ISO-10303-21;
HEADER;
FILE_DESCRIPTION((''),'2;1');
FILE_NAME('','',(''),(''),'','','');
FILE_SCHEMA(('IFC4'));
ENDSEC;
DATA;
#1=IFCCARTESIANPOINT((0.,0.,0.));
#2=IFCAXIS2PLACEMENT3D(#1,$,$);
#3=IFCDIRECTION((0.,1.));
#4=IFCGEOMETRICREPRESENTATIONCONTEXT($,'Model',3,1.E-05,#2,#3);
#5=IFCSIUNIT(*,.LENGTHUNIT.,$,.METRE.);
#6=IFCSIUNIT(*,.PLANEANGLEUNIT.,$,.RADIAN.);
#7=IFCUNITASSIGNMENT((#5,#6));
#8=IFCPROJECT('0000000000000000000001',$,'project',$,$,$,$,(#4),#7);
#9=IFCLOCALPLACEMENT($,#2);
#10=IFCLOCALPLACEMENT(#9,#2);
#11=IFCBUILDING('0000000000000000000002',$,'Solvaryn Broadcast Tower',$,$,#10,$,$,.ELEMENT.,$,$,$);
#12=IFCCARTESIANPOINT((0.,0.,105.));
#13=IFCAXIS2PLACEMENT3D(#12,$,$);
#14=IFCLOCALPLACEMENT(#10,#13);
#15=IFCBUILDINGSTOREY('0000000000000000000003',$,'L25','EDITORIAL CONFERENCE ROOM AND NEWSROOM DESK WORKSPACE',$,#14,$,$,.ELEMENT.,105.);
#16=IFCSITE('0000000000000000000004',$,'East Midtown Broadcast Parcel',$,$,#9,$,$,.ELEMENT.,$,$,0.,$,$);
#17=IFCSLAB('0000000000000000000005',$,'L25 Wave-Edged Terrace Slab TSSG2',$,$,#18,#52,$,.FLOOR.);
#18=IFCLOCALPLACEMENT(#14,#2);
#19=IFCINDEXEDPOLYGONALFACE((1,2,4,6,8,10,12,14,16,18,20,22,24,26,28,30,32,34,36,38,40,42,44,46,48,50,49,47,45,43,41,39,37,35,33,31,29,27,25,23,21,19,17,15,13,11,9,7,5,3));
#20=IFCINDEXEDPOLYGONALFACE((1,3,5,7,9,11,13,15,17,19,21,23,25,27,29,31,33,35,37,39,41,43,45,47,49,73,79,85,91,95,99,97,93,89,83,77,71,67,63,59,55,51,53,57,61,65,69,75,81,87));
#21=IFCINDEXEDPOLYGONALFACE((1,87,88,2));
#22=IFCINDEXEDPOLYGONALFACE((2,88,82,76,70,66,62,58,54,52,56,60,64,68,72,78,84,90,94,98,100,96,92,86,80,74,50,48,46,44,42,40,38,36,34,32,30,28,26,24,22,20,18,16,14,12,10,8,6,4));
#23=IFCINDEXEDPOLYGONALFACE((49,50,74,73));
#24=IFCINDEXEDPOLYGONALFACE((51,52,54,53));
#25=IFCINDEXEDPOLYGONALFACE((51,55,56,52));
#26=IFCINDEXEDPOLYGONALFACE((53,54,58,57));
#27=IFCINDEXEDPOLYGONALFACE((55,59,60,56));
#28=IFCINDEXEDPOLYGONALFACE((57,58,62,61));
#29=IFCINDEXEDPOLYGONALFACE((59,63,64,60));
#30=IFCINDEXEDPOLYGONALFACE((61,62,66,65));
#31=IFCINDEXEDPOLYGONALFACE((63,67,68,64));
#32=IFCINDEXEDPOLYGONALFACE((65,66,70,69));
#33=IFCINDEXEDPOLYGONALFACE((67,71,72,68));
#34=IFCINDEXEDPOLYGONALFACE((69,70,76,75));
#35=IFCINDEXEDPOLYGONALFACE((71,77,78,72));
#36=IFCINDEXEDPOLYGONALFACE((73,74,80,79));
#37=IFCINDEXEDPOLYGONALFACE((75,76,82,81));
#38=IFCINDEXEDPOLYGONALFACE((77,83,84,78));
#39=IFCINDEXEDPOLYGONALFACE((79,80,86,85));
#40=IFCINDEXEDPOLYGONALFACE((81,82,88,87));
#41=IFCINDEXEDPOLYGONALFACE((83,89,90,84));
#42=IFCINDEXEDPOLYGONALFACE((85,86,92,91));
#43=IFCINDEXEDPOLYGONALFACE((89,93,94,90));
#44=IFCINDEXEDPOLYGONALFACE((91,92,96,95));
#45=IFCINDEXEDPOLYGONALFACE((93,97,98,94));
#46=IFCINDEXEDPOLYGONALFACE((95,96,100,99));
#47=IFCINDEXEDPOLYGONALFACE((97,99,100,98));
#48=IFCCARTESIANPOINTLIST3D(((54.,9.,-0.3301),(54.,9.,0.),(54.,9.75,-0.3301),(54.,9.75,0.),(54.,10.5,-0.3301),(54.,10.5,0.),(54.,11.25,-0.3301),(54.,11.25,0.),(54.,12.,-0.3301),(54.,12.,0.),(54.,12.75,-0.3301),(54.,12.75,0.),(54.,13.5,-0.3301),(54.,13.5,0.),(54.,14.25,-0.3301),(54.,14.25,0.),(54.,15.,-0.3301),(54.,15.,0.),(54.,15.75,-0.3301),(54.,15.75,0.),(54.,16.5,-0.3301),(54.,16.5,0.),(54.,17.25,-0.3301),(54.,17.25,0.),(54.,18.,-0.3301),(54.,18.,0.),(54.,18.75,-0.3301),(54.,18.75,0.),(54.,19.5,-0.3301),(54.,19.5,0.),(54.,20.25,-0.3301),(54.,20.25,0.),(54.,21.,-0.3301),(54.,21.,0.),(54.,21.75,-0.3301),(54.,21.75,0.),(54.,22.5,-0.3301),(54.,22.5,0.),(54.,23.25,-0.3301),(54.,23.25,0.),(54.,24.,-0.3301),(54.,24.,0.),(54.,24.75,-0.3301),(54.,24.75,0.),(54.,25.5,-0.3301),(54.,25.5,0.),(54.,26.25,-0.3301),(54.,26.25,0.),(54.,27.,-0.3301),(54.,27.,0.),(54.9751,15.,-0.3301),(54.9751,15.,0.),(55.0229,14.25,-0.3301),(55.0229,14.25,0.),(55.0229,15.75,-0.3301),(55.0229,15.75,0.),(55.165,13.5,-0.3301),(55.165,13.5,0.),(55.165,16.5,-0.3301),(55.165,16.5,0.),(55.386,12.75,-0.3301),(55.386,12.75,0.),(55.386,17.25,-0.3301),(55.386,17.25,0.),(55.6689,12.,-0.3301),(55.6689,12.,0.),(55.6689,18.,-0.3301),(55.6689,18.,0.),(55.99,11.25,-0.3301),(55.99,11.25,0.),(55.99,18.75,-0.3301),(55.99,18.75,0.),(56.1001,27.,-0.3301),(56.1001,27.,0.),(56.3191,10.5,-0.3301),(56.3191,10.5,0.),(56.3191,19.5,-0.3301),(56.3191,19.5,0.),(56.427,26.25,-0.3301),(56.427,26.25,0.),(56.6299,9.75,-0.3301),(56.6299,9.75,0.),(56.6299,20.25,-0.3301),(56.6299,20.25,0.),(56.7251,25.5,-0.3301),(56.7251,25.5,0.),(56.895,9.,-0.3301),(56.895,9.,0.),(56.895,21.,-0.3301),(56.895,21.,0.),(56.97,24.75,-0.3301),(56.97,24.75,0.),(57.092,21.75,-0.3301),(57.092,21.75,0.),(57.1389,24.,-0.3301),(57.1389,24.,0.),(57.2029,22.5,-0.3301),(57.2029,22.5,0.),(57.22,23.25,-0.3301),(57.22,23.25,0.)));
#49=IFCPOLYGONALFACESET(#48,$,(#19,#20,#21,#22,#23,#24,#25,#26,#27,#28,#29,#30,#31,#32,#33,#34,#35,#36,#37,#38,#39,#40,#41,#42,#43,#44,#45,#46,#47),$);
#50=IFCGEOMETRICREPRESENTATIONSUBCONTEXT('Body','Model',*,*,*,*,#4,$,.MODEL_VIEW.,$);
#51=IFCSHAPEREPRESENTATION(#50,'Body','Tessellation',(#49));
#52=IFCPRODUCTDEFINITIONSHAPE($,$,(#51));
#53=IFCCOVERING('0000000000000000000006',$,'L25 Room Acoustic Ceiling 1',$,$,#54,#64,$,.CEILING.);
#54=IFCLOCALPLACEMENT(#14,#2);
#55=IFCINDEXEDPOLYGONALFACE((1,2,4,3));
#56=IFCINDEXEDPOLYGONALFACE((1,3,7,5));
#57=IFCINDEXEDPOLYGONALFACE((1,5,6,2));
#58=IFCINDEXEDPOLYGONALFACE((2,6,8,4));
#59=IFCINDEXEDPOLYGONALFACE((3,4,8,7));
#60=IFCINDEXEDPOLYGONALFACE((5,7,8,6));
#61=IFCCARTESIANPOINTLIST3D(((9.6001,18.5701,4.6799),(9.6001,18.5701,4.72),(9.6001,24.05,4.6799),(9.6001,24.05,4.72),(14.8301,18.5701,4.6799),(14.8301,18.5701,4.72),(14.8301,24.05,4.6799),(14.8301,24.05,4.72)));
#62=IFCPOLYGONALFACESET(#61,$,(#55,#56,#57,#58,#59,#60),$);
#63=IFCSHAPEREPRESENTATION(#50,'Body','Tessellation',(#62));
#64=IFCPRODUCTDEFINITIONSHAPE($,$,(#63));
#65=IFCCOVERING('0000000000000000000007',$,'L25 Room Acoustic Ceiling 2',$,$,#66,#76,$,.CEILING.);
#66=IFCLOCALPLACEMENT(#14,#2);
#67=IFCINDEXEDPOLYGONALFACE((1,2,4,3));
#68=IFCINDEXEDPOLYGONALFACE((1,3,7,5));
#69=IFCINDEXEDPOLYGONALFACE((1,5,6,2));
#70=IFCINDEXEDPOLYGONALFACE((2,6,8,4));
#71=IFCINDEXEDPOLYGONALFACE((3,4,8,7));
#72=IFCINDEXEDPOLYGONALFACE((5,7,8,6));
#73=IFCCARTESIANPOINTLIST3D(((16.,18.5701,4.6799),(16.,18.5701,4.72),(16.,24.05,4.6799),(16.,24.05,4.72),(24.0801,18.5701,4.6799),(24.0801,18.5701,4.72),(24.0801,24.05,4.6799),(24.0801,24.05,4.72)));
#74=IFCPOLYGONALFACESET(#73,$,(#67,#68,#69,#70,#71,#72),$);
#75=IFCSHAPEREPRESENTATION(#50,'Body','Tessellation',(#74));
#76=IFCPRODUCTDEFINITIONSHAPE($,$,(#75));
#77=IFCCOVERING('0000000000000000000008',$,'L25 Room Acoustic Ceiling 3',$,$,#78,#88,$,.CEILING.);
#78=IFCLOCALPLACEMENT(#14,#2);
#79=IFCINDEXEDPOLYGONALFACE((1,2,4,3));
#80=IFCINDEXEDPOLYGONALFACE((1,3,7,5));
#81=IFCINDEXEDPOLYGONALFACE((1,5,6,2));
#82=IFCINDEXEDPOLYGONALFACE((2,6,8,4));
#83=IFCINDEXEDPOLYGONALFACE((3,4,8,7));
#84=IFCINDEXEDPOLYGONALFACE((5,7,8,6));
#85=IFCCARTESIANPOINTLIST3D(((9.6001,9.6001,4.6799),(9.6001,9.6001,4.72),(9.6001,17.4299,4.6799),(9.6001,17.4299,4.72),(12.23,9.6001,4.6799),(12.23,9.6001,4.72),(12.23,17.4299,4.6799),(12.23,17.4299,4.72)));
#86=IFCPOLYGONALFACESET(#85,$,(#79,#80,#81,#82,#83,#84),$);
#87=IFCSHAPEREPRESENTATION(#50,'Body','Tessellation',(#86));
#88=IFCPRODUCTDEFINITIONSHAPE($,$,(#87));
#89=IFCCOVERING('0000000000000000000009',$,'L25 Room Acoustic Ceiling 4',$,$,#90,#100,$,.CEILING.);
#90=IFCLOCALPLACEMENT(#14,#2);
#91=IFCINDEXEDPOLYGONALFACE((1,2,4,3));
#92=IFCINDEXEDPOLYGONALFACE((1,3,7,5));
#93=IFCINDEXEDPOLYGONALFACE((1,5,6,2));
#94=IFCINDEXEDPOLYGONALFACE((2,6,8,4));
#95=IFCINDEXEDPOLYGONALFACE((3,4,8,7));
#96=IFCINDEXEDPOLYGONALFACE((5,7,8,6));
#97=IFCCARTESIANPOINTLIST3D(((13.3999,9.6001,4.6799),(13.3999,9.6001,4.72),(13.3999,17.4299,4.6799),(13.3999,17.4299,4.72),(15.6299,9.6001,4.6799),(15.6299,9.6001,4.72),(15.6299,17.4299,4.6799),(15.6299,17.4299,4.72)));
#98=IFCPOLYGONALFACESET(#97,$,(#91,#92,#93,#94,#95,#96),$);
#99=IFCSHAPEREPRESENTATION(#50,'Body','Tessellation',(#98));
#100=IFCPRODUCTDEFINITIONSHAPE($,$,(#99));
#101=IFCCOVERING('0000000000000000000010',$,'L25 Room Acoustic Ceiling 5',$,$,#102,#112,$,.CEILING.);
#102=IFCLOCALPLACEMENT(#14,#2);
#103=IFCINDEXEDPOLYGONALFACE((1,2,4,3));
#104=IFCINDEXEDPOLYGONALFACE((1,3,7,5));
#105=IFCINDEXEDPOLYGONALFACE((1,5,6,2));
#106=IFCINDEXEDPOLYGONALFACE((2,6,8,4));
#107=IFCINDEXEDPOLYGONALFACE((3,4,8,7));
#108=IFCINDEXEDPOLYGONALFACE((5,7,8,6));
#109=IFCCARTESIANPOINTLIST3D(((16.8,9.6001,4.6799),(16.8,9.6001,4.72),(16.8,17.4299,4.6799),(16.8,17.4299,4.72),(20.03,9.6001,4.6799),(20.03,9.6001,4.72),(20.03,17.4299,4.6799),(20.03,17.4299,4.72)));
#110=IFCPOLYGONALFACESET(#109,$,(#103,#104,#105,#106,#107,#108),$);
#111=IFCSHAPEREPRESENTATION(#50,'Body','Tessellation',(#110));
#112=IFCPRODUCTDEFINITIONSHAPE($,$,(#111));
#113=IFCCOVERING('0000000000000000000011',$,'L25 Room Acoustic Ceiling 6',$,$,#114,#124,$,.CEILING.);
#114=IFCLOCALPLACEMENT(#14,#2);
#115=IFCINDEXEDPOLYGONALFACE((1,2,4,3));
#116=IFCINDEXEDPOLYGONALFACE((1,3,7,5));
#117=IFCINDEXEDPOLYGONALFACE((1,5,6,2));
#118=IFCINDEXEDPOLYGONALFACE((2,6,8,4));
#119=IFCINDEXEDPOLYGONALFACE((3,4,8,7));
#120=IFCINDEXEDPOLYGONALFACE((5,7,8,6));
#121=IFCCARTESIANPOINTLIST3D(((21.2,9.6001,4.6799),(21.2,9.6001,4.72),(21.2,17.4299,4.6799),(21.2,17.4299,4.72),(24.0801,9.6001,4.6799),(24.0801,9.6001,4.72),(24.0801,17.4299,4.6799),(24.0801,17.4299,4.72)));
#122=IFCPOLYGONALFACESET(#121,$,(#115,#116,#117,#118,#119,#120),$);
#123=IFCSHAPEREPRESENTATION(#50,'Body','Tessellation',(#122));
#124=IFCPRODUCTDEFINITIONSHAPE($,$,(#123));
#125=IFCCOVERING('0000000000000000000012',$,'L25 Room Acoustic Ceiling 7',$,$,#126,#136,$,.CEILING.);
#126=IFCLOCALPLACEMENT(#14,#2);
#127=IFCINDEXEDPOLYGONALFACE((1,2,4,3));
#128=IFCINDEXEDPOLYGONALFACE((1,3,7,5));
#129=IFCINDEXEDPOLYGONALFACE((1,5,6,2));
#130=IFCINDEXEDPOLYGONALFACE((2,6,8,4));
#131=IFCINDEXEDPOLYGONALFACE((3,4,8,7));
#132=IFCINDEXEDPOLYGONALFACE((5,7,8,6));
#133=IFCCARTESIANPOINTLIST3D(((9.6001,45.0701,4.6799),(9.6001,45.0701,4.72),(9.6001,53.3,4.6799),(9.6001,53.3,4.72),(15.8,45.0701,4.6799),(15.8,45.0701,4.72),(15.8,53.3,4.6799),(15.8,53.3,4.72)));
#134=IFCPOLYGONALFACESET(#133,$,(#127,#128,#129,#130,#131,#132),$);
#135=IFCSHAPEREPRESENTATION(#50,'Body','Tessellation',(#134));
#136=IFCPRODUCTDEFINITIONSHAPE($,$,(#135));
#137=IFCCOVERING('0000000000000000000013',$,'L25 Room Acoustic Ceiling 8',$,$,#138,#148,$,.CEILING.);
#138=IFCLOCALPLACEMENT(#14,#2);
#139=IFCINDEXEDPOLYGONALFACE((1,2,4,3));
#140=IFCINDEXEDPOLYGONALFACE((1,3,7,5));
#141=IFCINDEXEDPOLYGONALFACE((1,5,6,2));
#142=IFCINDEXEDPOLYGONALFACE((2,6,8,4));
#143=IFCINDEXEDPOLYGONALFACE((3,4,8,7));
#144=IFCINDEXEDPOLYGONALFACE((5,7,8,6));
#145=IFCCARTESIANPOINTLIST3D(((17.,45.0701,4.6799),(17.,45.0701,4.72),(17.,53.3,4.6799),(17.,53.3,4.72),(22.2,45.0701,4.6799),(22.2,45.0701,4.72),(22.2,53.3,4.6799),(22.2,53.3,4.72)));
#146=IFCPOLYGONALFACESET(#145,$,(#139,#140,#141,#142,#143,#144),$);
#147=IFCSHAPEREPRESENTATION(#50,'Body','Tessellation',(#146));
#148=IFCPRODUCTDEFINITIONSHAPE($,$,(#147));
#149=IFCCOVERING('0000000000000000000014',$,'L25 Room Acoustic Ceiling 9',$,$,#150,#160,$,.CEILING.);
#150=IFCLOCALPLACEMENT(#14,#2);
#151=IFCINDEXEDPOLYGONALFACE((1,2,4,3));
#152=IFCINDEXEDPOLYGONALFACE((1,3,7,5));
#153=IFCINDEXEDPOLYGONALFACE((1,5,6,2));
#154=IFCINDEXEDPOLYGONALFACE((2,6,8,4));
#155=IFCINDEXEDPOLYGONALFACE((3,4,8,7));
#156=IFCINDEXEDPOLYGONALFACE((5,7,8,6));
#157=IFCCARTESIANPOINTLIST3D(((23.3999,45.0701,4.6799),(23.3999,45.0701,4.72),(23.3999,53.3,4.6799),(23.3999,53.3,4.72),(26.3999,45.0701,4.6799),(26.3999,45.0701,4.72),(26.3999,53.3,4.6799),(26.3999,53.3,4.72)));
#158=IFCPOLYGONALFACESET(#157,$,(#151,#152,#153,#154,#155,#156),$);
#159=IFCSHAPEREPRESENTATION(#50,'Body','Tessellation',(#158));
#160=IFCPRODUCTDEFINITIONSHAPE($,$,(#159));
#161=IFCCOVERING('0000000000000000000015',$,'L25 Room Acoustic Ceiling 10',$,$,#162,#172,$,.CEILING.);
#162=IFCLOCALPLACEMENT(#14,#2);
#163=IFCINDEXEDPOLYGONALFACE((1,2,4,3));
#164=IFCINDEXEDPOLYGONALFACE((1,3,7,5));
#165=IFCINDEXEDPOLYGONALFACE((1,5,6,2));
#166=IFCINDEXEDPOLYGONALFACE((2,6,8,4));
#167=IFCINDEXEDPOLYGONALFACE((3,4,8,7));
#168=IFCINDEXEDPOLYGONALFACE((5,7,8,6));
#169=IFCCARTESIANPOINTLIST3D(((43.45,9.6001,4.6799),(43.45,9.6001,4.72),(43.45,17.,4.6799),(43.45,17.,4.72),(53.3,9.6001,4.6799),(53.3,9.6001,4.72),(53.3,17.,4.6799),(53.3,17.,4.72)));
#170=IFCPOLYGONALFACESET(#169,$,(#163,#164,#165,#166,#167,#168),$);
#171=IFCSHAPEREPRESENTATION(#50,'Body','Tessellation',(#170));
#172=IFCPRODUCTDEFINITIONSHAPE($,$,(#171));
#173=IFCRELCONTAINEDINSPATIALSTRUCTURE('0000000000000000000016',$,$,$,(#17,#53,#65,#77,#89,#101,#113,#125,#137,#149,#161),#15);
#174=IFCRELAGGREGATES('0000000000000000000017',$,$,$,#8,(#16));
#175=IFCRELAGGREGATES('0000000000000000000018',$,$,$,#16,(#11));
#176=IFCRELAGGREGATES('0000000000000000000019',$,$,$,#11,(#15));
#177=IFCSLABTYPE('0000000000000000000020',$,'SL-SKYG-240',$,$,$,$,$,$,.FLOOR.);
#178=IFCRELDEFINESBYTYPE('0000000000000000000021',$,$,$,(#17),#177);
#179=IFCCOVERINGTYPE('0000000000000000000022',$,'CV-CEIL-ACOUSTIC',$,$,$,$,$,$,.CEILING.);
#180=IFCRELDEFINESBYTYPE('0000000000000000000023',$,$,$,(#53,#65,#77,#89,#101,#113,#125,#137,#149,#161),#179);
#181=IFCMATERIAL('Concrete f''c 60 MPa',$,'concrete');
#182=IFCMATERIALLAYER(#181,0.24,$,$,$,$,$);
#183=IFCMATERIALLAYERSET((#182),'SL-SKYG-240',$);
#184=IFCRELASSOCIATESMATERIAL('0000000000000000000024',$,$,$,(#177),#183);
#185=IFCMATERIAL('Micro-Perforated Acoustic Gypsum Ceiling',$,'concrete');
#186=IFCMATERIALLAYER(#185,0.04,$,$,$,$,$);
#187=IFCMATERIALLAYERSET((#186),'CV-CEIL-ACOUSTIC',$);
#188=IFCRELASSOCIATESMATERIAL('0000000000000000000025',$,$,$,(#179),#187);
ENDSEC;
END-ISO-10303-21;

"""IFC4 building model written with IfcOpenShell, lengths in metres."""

from ifc_helpers import new_model, si_unit, direction, frame, origin, place, context, subcontext, project, spatial, polyline, outline, extrude, material, layer, layer_set, type_object, element, save


model = new_model("IFC4")

# Units and contexts
model_context = context("Model", 3, precision=1e-05, world=origin(), true_north=direction((0.0, 1.0)))
body_context = subcontext(model_context, "Body", "Model", "MODEL_VIEW")
ifc_project = project(units=[si_unit("LENGTHUNIT", "METRE"), si_unit("PLANEANGLEUNIT", "RADIAN")], contexts=[model_context])

# Site, building, storey
site_placement = place(None, origin())
site = spatial("IfcSite", under=ifc_project, at=site_placement, Name="East Midtown Broadcast Parcel", CompositionType="ELEMENT", RefElevation=0.0)
building_placement = place(site_placement, origin())
building = spatial("IfcBuilding", under=site, at=building_placement, Name="Solvaryn Broadcast Tower", CompositionType="ELEMENT")
storey_placement = place(building_placement, frame((0.0, 0.0, 105.0)))
storey = spatial("IfcBuildingStorey", under=building, at=storey_placement, Name="L25", Description="EDITORIAL CONFERENCE ROOM AND NEWSROOM DESK WORKSPACE", CompositionType="ELEMENT", Elevation=105.0)

# Slab
ifc_material_1 = material(Name="Concrete f'c 60 MPa", Category="concrete")
ifc_layer_1 = layer(ifc_material_1, 0.24)
ifc_layer_set_1 = layer_set([ifc_layer_1], Name="SL-SKYG-240")
slab_type_1 = type_object("IfcSlabType", Name="SL-SKYG-240", PredefinedType="FLOOR", material=ifc_layer_set_1)
slab_1_placement = place(storey_placement, frame((0.0, 0.0, -0.3301)))
element("IfcSlab", 1, at=slab_1_placement, inside=storey, type_object=slab_type_1, Name="L25 Wave-Edged Terrace Slab TSSG2", PredefinedType="FLOOR", context=body_context, shape_type="SweptSolid", body=[
    extrude(outline(polyline([(56.895, 9.0), (56.6299, 9.75), (56.3191, 10.5), (55.99, 11.25), (55.6689, 12.0), (55.386, 12.75), (55.165, 13.5), (55.0229, 14.25), (54.9751, 15.0), (55.0229, 15.75), (55.165, 16.5), (55.386, 17.25), (55.6689, 18.0), (55.99, 18.75), (56.3191, 19.5), (56.6299, 20.25), (56.895, 21.0), (57.092, 21.75), (57.2029, 22.5), (57.22, 23.25), (57.1389, 24.0), (56.97, 24.75), (56.7251, 25.5), (56.427, 26.25), (56.1001, 27.0), (54.0, 27.0), (54.0, 26.25), (54.0, 25.5), (54.0, 24.75), (54.0, 24.0), (54.0, 23.25), (54.0, 22.5), (54.0, 21.75), (54.0, 21.0), (54.0, 20.25), (54.0, 19.5), (54.0, 18.75), (54.0, 18.0), (54.0, 17.25), (54.0, 16.5), (54.0, 15.75), (54.0, 15.0), (54.0, 14.25), (54.0, 13.5), (54.0, 12.75), (54.0, 12.0), (54.0, 11.25), (54.0, 10.5), (54.0, 9.75), (54.0, 9.0), (56.895, 9.0)])), origin(), (0.0, 0.0, 1.0), 0.3301),
])

# Coverings
ifc_material_2 = material(Name="Micro-Perforated Acoustic Gypsum Ceiling", Category="concrete")
ifc_layer_2 = layer(ifc_material_2, 0.04)
ifc_layer_set_2 = layer_set([ifc_layer_2], Name="CV-CEIL-ACOUSTIC")
covering_type_1 = type_object("IfcCoveringType", Name="CV-CEIL-ACOUSTIC", PredefinedType="CEILING", material=ifc_layer_set_2)
covering_1_placement = place(storey_placement, frame((0.0, 0.0, 4.6799)))
element("IfcCovering", 2, at=covering_1_placement, inside=storey, type_object=covering_type_1, Name="L25 Room Acoustic Ceiling 1", PredefinedType="CEILING", context=body_context, shape_type="SweptSolid", body=[
    extrude(outline(polyline([(9.6001, 18.5701), (14.8301, 18.5701), (14.8301, 24.05), (9.6001, 24.05), (9.6001, 18.5701)])), origin(), (0.0, 0.0, 1.0), 0.04),
])
covering_2_placement = place(storey_placement, frame((0.0, 0.0, 4.6799)))
element("IfcCovering", 3, at=covering_2_placement, inside=storey, type_object=covering_type_1, Name="L25 Room Acoustic Ceiling 2", PredefinedType="CEILING", context=body_context, shape_type="SweptSolid", body=[
    extrude(outline(polyline([(16.0, 18.5701), (24.0801, 18.5701), (24.0801, 24.05), (16.0, 24.05), (16.0, 18.5701)])), origin(), (0.0, 0.0, 1.0), 0.04),
])
covering_3_placement = place(storey_placement, frame((0.0, 0.0, 4.6799)))
element("IfcCovering", 4, at=covering_3_placement, inside=storey, type_object=covering_type_1, Name="L25 Room Acoustic Ceiling 3", PredefinedType="CEILING", context=body_context, shape_type="SweptSolid", body=[
    extrude(outline(polyline([(9.6001, 9.6001), (12.23, 9.6001), (12.23, 17.4299), (9.6001, 17.4299), (9.6001, 9.6001)])), origin(), (0.0, 0.0, 1.0), 0.04),
])
covering_4_placement = place(storey_placement, frame((0.0, 0.0, 4.6799)))
element("IfcCovering", 5, at=covering_4_placement, inside=storey, type_object=covering_type_1, Name="L25 Room Acoustic Ceiling 4", PredefinedType="CEILING", context=body_context, shape_type="SweptSolid", body=[
    extrude(outline(polyline([(13.3999, 9.6001), (15.6299, 9.6001), (15.6299, 17.4299), (13.3999, 17.4299), (13.3999, 9.6001)])), origin(), (0.0, 0.0, 1.0), 0.04),
])
covering_5_placement = place(storey_placement, frame((0.0, 0.0, 4.6799)))
element("IfcCovering", 6, at=covering_5_placement, inside=storey, type_object=covering_type_1, Name="L25 Room Acoustic Ceiling 5", PredefinedType="CEILING", context=body_context, shape_type="SweptSolid", body=[
    extrude(outline(polyline([(16.8, 9.6001), (20.03, 9.6001), (20.03, 17.4299), (16.8, 17.4299), (16.8, 9.6001)])), origin(), (0.0, 0.0, 1.0), 0.04),
])
covering_6_placement = place(storey_placement, frame((0.0, 0.0, 4.6799)))
element("IfcCovering", 7, at=covering_6_placement, inside=storey, type_object=covering_type_1, Name="L25 Room Acoustic Ceiling 6", PredefinedType="CEILING", context=body_context, shape_type="SweptSolid", body=[
    extrude(outline(polyline([(21.2, 9.6001), (24.0801, 9.6001), (24.0801, 17.4299), (21.2, 17.4299), (21.2, 9.6001)])), origin(), (0.0, 0.0, 1.0), 0.04),
])
covering_7_placement = place(storey_placement, frame((0.0, 0.0, 4.6799)))
element("IfcCovering", 8, at=covering_7_placement, inside=storey, type_object=covering_type_1, Name="L25 Room Acoustic Ceiling 7", PredefinedType="CEILING", context=body_context, shape_type="SweptSolid", body=[
    extrude(outline(polyline([(9.6001, 45.0701), (15.8, 45.0701), (15.8, 53.3), (9.6001, 53.3), (9.6001, 45.0701)])), origin(), (0.0, 0.0, 1.0), 0.04),
])
covering_8_placement = place(storey_placement, frame((0.0, 0.0, 4.6799)))
element("IfcCovering", 9, at=covering_8_placement, inside=storey, type_object=covering_type_1, Name="L25 Room Acoustic Ceiling 8", PredefinedType="CEILING", context=body_context, shape_type="SweptSolid", body=[
    extrude(outline(polyline([(17.0, 45.0701), (22.2, 45.0701), (22.2, 53.3), (17.0, 53.3), (17.0, 45.0701)])), origin(), (0.0, 0.0, 1.0), 0.04),
])
covering_9_placement = place(storey_placement, frame((0.0, 0.0, 4.6799)))
element("IfcCovering", 10, at=covering_9_placement, inside=storey, type_object=covering_type_1, Name="L25 Room Acoustic Ceiling 9", PredefinedType="CEILING", context=body_context, shape_type="SweptSolid", body=[
    extrude(outline(polyline([(23.3999, 45.0701), (26.3999, 45.0701), (26.3999, 53.3), (23.3999, 53.3), (23.3999, 45.0701)])), origin(), (0.0, 0.0, 1.0), 0.04),
])
covering_10_placement = place(storey_placement, frame((0.0, 0.0, 4.6799)))
element("IfcCovering", 11, at=covering_10_placement, inside=storey, type_object=covering_type_1, Name="L25 Room Acoustic Ceiling 10", PredefinedType="CEILING", context=body_context, shape_type="SweptSolid", body=[
    extrude(outline(polyline([(43.45, 9.6001), (53.3, 9.6001), (53.3, 17.0), (43.45, 17.0), (43.45, 9.6001)])), origin(), (0.0, 0.0, 1.0), 0.04),
])

save(model, "model.ifc")
